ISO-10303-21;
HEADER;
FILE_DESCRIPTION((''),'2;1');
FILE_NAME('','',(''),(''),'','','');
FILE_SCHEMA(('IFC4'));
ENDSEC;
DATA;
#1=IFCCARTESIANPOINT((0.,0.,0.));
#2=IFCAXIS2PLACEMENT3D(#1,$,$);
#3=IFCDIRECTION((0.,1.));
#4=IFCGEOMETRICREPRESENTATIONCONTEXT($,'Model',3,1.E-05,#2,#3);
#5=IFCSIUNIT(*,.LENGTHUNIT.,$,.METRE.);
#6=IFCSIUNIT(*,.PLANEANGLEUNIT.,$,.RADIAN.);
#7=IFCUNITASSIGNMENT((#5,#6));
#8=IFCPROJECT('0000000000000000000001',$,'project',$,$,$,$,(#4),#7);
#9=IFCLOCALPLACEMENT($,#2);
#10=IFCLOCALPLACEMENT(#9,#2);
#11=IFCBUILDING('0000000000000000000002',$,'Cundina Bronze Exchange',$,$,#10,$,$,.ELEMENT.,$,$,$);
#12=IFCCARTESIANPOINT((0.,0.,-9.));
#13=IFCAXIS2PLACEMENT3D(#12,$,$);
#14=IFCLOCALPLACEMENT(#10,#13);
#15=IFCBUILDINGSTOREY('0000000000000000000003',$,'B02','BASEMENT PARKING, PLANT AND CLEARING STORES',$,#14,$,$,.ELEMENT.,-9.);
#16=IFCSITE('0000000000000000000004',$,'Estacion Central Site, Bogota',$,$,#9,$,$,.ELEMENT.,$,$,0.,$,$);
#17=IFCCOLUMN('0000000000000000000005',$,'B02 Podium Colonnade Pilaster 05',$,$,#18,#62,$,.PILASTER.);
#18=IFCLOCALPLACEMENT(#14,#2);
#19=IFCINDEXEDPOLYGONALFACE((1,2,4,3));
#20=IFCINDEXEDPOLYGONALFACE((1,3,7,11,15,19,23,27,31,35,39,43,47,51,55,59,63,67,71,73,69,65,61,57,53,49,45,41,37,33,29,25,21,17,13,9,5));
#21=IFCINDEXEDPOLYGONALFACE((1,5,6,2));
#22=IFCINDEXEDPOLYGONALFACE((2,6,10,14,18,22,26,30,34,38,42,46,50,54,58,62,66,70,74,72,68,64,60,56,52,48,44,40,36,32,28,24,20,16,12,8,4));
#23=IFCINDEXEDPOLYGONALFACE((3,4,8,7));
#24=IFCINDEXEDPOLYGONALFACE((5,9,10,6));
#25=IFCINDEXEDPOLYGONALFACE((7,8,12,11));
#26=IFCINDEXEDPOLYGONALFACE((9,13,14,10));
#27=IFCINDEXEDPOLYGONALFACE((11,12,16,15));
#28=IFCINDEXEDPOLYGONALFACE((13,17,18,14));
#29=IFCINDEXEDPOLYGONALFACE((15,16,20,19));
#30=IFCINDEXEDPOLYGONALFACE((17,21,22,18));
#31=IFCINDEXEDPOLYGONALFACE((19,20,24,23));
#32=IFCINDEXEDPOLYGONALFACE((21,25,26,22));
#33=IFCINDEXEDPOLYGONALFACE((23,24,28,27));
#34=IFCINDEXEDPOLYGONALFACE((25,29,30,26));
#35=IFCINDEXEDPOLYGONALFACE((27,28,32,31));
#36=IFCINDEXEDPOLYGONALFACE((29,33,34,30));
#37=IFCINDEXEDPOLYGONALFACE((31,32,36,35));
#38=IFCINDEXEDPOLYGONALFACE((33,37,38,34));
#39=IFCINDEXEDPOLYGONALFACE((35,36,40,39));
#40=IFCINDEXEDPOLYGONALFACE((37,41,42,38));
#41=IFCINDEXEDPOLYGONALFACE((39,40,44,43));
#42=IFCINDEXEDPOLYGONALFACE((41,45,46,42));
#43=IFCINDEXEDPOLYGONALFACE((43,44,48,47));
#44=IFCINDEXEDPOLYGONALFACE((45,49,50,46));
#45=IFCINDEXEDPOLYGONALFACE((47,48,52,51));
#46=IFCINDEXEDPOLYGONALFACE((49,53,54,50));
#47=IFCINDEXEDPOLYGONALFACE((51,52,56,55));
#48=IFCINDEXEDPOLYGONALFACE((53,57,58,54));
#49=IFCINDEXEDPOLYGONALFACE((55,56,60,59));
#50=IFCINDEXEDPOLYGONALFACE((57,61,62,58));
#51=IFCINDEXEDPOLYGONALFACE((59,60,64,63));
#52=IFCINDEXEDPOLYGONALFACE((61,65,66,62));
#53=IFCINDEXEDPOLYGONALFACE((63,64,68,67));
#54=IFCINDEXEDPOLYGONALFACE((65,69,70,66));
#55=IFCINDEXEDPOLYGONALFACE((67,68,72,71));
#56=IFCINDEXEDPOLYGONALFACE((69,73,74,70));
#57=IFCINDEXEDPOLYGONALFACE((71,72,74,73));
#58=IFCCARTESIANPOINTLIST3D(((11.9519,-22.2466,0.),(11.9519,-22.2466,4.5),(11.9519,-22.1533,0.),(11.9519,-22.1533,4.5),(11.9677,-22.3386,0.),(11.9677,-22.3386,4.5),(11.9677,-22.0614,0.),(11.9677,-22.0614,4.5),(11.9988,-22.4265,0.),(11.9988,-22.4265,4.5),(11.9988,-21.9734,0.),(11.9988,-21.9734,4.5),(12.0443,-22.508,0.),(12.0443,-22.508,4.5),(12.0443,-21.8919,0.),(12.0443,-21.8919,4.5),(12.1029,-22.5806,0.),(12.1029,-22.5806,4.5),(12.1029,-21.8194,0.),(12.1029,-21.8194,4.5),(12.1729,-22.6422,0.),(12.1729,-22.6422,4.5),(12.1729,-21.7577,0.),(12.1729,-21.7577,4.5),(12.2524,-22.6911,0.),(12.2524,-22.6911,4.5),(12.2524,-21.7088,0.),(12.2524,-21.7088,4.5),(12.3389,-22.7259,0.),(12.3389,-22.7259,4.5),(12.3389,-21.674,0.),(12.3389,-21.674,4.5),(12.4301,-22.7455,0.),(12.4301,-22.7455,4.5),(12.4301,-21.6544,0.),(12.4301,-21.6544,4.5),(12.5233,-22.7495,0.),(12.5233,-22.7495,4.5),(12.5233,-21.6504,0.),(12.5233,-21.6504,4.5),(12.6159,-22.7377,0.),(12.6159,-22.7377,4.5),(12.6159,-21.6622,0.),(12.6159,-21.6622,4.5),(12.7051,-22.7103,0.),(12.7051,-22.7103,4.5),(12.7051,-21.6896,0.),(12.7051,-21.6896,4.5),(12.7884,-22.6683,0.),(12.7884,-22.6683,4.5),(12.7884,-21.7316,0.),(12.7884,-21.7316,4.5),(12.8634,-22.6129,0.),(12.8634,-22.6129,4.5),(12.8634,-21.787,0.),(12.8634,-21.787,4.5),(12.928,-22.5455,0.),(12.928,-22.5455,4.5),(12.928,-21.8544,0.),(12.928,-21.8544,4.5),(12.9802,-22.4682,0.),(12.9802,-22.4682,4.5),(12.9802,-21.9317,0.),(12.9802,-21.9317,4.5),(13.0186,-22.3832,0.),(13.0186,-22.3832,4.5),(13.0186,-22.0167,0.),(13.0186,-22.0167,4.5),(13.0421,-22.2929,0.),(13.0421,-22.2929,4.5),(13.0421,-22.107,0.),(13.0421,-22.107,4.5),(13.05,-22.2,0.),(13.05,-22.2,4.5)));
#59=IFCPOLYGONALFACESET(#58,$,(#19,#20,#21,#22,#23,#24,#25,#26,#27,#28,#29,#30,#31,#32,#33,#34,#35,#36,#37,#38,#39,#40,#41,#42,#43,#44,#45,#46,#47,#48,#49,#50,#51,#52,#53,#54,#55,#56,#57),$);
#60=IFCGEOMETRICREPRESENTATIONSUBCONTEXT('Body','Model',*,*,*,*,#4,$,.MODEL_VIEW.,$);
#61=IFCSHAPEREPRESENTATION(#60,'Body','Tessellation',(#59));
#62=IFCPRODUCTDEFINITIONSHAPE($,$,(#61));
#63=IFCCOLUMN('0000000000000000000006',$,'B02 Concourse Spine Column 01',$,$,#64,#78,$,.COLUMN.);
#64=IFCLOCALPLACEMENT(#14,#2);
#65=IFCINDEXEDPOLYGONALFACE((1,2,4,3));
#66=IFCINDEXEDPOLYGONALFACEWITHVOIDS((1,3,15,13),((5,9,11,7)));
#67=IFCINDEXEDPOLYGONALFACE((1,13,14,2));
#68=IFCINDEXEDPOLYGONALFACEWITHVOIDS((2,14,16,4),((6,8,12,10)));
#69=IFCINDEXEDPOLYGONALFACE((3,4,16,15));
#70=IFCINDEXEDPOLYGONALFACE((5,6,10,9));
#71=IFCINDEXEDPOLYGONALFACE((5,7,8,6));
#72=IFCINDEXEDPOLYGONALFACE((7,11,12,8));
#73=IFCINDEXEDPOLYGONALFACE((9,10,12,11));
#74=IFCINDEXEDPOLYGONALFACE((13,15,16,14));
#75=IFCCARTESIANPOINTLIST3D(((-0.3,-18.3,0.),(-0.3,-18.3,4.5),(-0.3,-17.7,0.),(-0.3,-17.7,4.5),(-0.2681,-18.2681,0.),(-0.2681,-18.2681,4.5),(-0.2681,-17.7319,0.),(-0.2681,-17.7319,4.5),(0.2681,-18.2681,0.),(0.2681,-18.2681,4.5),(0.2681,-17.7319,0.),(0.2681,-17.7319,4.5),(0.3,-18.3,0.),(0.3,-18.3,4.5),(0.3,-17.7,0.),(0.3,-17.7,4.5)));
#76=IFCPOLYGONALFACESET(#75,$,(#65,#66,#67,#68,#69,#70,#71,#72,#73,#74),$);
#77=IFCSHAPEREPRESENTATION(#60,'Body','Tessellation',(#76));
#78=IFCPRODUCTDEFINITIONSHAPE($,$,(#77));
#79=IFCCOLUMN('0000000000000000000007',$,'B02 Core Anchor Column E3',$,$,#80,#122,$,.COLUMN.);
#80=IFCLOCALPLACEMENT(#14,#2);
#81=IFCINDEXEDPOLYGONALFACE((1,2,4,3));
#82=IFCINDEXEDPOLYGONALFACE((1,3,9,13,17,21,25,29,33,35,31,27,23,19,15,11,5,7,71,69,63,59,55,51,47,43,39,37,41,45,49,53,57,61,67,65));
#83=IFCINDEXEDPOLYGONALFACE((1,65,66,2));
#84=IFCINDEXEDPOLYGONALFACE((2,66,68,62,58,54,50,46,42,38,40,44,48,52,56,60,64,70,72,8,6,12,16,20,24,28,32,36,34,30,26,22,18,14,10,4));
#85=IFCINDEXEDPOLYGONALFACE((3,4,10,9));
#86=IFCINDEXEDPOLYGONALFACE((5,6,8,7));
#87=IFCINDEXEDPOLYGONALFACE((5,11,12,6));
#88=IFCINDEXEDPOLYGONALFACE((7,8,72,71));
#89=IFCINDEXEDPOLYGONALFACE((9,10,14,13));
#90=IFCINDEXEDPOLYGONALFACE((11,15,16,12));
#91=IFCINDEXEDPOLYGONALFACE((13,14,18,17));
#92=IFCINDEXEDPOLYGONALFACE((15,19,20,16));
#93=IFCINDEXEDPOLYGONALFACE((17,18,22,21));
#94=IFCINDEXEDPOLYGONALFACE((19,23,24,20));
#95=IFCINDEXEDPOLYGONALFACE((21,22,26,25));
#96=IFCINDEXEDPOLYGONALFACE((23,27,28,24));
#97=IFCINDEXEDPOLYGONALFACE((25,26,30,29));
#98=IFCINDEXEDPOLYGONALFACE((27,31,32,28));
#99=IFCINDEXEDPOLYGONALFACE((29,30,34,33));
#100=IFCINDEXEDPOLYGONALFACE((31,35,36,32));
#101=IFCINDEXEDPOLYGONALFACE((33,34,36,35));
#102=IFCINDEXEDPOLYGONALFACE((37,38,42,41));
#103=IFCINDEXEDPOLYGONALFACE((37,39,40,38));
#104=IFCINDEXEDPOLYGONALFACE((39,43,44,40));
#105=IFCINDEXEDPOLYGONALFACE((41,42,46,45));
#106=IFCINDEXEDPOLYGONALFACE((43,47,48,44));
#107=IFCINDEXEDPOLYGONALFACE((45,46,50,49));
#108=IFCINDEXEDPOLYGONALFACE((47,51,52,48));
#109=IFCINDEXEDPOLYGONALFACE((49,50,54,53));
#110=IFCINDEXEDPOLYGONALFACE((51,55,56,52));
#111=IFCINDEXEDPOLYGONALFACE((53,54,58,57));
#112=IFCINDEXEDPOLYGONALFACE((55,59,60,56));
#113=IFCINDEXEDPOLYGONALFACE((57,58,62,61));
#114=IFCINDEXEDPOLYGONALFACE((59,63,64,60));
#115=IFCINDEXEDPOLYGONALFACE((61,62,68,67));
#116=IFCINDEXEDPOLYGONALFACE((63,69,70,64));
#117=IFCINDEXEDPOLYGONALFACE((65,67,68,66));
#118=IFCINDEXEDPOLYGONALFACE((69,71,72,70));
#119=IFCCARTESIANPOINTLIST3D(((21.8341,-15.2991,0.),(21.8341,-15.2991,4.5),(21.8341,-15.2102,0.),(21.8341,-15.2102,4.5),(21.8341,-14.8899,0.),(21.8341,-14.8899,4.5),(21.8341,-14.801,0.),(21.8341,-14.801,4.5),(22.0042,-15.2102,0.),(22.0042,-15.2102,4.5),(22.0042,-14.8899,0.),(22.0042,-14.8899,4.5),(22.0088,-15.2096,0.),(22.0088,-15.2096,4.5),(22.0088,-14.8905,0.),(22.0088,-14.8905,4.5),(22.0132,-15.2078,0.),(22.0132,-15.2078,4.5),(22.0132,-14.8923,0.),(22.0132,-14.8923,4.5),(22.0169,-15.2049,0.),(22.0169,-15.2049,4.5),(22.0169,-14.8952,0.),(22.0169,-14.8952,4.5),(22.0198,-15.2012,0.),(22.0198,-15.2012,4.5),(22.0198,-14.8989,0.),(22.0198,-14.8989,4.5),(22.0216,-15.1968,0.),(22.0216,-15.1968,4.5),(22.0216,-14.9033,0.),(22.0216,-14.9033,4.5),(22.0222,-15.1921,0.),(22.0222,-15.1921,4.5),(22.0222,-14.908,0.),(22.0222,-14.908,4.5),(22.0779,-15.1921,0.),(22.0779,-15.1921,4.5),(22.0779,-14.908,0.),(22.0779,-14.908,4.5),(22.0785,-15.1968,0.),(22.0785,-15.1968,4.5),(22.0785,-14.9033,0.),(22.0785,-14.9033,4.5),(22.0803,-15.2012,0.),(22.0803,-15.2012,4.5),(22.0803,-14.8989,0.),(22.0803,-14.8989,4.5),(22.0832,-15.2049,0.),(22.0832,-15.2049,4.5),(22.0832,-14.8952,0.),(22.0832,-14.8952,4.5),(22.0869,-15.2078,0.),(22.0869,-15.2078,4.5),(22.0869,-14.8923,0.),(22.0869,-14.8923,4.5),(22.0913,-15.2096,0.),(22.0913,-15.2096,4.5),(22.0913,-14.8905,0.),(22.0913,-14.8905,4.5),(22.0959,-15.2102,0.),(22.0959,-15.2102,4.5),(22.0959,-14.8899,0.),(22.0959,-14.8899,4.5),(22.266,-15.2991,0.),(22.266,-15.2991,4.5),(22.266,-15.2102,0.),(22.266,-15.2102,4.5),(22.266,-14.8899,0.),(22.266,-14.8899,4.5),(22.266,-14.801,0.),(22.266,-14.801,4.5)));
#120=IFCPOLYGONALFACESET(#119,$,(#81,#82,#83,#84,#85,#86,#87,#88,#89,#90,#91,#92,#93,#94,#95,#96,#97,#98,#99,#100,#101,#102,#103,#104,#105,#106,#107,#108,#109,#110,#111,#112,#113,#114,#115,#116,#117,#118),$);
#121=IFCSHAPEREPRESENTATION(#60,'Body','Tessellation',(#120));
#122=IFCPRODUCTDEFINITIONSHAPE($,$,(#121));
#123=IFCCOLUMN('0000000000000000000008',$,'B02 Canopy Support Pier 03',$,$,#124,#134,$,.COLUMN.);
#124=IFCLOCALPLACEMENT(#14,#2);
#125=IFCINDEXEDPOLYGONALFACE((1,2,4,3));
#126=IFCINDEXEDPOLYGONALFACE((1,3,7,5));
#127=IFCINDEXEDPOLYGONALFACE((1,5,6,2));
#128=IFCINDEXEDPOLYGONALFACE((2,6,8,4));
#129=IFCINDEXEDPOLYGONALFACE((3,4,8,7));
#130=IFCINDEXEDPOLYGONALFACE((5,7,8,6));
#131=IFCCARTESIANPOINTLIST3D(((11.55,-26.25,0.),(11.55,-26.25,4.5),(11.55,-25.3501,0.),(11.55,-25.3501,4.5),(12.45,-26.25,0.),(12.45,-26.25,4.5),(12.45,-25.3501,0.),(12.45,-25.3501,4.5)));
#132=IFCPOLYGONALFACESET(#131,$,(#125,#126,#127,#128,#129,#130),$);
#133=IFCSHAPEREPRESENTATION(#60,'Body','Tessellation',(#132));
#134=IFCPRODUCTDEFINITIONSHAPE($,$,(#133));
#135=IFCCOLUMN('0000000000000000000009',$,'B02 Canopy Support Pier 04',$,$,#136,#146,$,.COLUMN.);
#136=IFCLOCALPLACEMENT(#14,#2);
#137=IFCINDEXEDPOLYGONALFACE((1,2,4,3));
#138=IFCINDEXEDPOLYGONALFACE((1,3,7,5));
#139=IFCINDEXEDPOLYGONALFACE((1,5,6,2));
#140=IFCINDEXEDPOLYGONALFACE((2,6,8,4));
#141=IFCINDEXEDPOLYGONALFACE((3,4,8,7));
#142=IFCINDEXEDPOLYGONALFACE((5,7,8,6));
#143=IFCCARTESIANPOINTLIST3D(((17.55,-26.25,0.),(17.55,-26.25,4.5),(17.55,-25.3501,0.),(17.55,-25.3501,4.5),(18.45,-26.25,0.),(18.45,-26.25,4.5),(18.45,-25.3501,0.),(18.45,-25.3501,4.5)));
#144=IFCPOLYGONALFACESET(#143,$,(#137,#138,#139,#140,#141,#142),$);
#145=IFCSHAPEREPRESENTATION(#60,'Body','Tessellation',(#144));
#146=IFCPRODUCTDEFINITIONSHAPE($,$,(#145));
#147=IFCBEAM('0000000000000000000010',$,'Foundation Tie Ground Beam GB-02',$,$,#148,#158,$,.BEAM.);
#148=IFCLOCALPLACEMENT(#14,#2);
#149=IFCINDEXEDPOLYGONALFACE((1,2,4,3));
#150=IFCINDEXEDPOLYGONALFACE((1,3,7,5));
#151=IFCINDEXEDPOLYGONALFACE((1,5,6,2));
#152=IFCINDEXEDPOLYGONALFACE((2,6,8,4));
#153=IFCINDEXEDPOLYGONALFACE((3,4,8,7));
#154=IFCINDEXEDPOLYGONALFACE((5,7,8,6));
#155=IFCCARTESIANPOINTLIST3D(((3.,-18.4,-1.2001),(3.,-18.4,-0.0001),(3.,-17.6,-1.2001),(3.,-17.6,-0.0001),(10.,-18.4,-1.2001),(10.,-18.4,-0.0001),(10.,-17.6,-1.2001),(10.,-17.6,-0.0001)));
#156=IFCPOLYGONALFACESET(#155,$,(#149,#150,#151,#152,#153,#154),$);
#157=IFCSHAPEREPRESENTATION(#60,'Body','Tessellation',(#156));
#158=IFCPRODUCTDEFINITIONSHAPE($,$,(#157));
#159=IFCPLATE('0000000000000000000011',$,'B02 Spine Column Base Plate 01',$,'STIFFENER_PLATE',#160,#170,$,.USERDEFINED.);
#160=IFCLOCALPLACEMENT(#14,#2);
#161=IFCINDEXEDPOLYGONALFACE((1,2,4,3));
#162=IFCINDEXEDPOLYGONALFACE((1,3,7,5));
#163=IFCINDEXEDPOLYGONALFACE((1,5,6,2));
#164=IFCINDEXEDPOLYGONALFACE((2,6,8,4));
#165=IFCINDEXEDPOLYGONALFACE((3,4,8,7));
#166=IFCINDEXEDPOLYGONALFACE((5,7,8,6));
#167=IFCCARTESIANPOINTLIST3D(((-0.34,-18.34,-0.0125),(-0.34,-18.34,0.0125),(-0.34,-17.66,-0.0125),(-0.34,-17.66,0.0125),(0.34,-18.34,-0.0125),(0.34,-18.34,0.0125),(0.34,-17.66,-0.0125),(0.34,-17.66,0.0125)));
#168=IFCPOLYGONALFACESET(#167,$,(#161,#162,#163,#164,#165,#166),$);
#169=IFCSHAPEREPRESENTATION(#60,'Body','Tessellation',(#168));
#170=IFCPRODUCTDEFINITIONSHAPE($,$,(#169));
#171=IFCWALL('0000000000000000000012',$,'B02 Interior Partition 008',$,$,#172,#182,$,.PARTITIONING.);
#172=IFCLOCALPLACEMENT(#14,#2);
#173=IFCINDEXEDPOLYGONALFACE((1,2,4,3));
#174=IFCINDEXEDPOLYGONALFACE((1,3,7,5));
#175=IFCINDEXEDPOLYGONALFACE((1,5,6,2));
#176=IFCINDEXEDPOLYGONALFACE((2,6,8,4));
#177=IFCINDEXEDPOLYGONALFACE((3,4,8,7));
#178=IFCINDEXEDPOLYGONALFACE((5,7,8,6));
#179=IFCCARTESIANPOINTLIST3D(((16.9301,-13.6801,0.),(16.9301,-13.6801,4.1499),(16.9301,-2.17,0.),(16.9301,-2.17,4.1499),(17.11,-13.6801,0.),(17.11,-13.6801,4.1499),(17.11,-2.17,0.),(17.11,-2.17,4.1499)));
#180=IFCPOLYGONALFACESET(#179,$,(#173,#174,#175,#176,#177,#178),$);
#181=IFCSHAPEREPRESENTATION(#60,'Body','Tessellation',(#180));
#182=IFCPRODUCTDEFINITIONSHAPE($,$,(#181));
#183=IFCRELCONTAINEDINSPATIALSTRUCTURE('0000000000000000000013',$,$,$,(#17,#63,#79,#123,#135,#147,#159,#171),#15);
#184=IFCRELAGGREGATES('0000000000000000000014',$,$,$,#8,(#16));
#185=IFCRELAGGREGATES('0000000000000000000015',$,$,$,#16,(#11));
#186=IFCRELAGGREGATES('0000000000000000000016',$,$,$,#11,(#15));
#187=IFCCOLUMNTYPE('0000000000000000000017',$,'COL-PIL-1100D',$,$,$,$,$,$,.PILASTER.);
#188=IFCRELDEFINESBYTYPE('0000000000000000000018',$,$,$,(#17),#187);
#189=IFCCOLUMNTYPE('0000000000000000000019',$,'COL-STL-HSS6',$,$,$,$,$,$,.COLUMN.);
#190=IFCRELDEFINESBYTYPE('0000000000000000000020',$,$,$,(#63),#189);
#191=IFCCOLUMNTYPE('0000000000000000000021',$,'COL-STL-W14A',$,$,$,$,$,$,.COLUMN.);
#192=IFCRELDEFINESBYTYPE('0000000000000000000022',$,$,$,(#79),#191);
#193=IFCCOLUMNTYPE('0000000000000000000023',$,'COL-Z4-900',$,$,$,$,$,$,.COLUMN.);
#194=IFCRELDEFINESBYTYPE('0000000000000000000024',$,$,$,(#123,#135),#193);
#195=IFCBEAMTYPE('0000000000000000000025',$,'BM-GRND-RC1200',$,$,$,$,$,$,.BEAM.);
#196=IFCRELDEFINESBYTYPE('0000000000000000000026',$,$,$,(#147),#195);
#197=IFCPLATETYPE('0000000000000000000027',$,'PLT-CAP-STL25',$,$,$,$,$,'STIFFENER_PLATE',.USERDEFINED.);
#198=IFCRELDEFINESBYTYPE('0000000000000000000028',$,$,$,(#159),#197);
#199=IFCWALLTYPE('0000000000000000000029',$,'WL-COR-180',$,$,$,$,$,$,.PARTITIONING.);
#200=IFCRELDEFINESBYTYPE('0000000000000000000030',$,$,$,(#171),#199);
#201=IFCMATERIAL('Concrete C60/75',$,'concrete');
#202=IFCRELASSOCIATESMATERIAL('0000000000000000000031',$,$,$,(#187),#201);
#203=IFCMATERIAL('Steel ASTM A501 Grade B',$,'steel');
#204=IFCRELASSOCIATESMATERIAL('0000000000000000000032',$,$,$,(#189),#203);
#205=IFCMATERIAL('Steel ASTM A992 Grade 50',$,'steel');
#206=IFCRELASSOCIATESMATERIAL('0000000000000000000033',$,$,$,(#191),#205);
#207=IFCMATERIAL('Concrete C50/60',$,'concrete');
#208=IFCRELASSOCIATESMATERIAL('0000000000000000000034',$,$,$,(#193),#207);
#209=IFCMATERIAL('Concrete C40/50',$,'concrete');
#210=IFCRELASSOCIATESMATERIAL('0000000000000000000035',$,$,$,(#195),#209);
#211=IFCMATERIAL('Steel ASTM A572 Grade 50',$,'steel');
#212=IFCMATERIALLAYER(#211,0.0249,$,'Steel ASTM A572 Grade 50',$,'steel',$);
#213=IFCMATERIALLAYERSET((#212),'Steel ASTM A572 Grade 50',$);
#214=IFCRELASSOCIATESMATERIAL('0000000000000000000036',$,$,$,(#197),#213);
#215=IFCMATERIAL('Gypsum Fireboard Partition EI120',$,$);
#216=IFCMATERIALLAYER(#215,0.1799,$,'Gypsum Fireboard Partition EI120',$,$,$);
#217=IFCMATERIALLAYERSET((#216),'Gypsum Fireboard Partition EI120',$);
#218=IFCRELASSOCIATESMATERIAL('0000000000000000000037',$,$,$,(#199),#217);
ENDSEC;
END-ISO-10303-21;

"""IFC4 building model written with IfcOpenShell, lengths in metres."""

from ifc_helpers import new_model, si_unit, direction, frame, frame_2d, origin, origin_2d, place, context, subcontext, project, spatial, rectangle, hollow_rectangle, circle, i_section, extrude, material, layer, layer_set, material_profile, profile_set, type_object, element, save


model = new_model("IFC4")

# Units and contexts
model_context = context("Model", 3, precision=1e-05, world=origin(), true_north=direction((0.0, 1.0)))
body_context = subcontext(model_context, "Body", "Model", "MODEL_VIEW")
ifc_project = project(units=[si_unit("LENGTHUNIT", "METRE"), si_unit("PLANEANGLEUNIT", "RADIAN")], contexts=[model_context])

# Site, building, storey
site_placement = place(None, origin())
site = spatial("IfcSite", under=ifc_project, at=site_placement, Name="Estacion Central Site, Bogota", CompositionType="ELEMENT", RefElevation=0.0)
building_placement = place(site_placement, origin())
building = spatial("IfcBuilding", under=site, at=building_placement, Name="Cundina Bronze Exchange", CompositionType="ELEMENT")
storey_placement = place(building_placement, frame((0.0, 0.0, -9.0)))
storey = spatial("IfcBuildingStorey", under=building, at=storey_placement, Name="B02", Description="BASEMENT PARKING, PLANT AND CLEARING STORES", CompositionType="ELEMENT", Elevation=-9.0)

# Shared definitions
ifc_material_1 = material(Name="Concrete C40/50", Category="concrete")

# Columns
ifc_material_2 = material(Name="Concrete C60/75", Category="concrete")
ifc_material_profile_1 = material_profile(ifc_material_2, circle(Radius=0.55, at=origin_2d()), Name="RC1100D", Category="concrete")
ifc_profile_set_1 = profile_set([ifc_material_profile_1], Name="Concrete C60/75")
column_type_1 = type_object("IfcColumnType", Name="COL-PIL-1100D", PredefinedType="PILASTER", material=ifc_profile_set_1)
column_1_placement = place(storey_placement, frame((12.5, -22.2, 0.0), z_axis=(0.0, 0.0, 1.0), x_axis=(1.0, 0.0, 0.0)))
element("IfcColumn", 1, at=column_1_placement, inside=storey, type_object=column_type_1, Name="B02 Podium Colonnade Pilaster 05", PredefinedType="PILASTER", context=body_context, shape_type="SweptSolid", body=[
    extrude(circle(Radius=0.55, at=origin_2d()), origin(), (0.0, 0.0, 1.0), 4.5),
])
ifc_material_3 = material(Name="Steel ASTM A501 Grade B", Category="steel")
ifc_material_profile_2 = material_profile(ifc_material_3, hollow_rectangle(XDim=0.6001, YDim=0.6001, WallThickness=0.032, at=origin_2d()), Name="HSS600X600X32", Category="steel")
ifc_profile_set_2 = profile_set([ifc_material_profile_2], Name="Steel ASTM A501 Grade B")
column_type_2 = type_object("IfcColumnType", Name="COL-STL-HSS6", PredefinedType="COLUMN", material=ifc_profile_set_2)
column_2_placement = place(storey_placement, frame((0.0, -18.0, 0.0), z_axis=(0.0, 0.0, 1.0), x_axis=(1.0, 0.0, 0.0)))
element("IfcColumn", 2, at=column_2_placement, inside=storey, type_object=column_type_2, Name="B02 Concourse Spine Column 01", PredefinedType="COLUMN", context=body_context, shape_type="SweptSolid", body=[
    extrude(hollow_rectangle(XDim=0.6001, YDim=0.6001, WallThickness=0.032, at=origin_2d()), origin(), (0.0, 0.0, 1.0), 4.5),
])
ifc_material_4 = material(Name="Steel ASTM A992 Grade 50", Category="steel")
ifc_material_profile_3 = material_profile(ifc_material_4, i_section(OverallWidth=0.4319, OverallDepth=0.498, WebThickness=0.0557, FlangeThickness=0.0889, FilletRadius=0.0181, at=origin_2d()), Name="W14X500", Category="steel")
ifc_profile_set_3 = profile_set([ifc_material_profile_3], Name="Steel ASTM A992 Grade 50")
column_type_3 = type_object("IfcColumnType", Name="COL-STL-W14A", PredefinedType="COLUMN", material=ifc_profile_set_3)
column_3_placement = place(storey_placement, frame((22.05, -15.05, 0.0), z_axis=(0.0, 0.0, 1.0), x_axis=(1.0, 0.0, 0.0)))
element("IfcColumn", 3, at=column_3_placement, inside=storey, type_object=column_type_3, Name="B02 Core Anchor Column E3", PredefinedType="COLUMN", context=body_context, shape_type="SweptSolid", body=[
    extrude(i_section(OverallWidth=0.4319, OverallDepth=0.498, WebThickness=0.0557, FlangeThickness=0.0889, FilletRadius=0.0181, at=origin_2d()), origin(), (0.0, 0.0, 1.0), 4.5),
])
ifc_material_5 = material(Name="Concrete C50/60", Category="concrete")
ifc_material_profile_4 = material_profile(ifc_material_5, rectangle(XDim=0.8999, YDim=0.8999, at=origin_2d()), Name="RC900X900", Category="concrete")
ifc_profile_set_4 = profile_set([ifc_material_profile_4], Name="Concrete C50/60")
column_type_4 = type_object("IfcColumnType", Name="COL-Z4-900", PredefinedType="COLUMN", material=ifc_profile_set_4)
for number, where, z_axis, x_axis, name in (
    (4, (12.0, -25.8, 0.0), (0.0, 0.0, 1.0), (1.0, 0.0, 0.0), "B02 Canopy Support Pier 03"),
    (5, (18.0, -25.8, 0.0), (0.0, 0.0, 1.0), (1.0, 0.0, 0.0), "B02 Canopy Support Pier 04"),
):
    element("IfcColumn", number, at=place(storey_placement, frame(where, z_axis=z_axis, x_axis=x_axis)), inside=storey, type_object=column_type_4, Name=name, PredefinedType="COLUMN", context=body_context, shape_type="SweptSolid", body=[
        extrude(rectangle(XDim=0.8999, YDim=0.8999, at=origin_2d()), origin(), (0.0, 0.0, 1.0), 4.5),
    ])

# Beam
ifc_material_profile_5 = material_profile(ifc_material_1, rectangle(XDim=0.8, YDim=1.2, at=origin_2d()), Name="RC800X1200", Category="concrete")
ifc_profile_set_5 = profile_set([ifc_material_profile_5], Name="Concrete C40/50")
beam_type = type_object("IfcBeamType", Name="BM-GRND-RC1200", PredefinedType="BEAM", material=ifc_profile_set_5)
beam_placement = place(storey_placement, frame((3.0, -18.0, -0.6001), z_axis=(1.0, 0.0, 0.0), x_axis=(0.0, 1.0, 0.0)))
element("IfcBeam", 6, at=beam_placement, inside=storey, type_object=beam_type, Name="Foundation Tie Ground Beam GB-02", PredefinedType="BEAM", context=body_context, shape_type="SweptSolid", body=[
    extrude(rectangle(XDim=0.8, YDim=1.2, at=origin_2d()), origin(), (0.0, 0.0, 1.0), 7.0),
])

# Plate
ifc_material_6 = material(Name="Steel ASTM A572 Grade 50", Category="steel")
ifc_layer_1 = layer(ifc_material_6, 0.0249, Name="Steel ASTM A572 Grade 50", Category="steel")
ifc_layer_set_1 = layer_set([ifc_layer_1], Name="Steel ASTM A572 Grade 50")
plate_type = type_object("IfcPlateType", Name="PLT-CAP-STL25", ElementType="STIFFENER_PLATE", PredefinedType="USERDEFINED", material=ifc_layer_set_1)
plate_placement = place(storey_placement, frame((0.0, -18.0, -0.0125), z_axis=(0.0, 0.0, 1.0), x_axis=(1.0, 0.0, 0.0)))
element("IfcPlate", 7, at=plate_placement, inside=storey, type_object=plate_type, Name="B02 Spine Column Base Plate 01", ObjectType="STIFFENER_PLATE", PredefinedType="USERDEFINED", context=body_context, shape_type="SweptSolid", body=[
    extrude(rectangle(XDim=0.6799, YDim=0.6799, at=origin_2d()), origin(), (0.0, 0.0, 1.0), 0.0249),
])

# Wall
ifc_material_7 = material(Name="Gypsum Fireboard Partition EI120")
ifc_layer_2 = layer(ifc_material_7, 0.1799, Name="Gypsum Fireboard Partition EI120")
ifc_layer_set_2 = layer_set([ifc_layer_2], Name="Gypsum Fireboard Partition EI120")
wall_type_1 = type_object("IfcWallType", Name="WL-COR-180", PredefinedType="PARTITIONING", material=ifc_layer_set_2)
wall_1_placement = place(storey_placement, frame((17.02, -13.6799, 0.0), z_axis=(0.0, 0.0, 1.0), x_axis=(0.0, 1.0, 0.0)))
element("IfcWall", 8, at=wall_1_placement, inside=storey, type_object=wall_type_1, Name="B02 Interior Partition 008", PredefinedType="PARTITIONING", context=body_context, shape_type="SweptSolid", body=[
    extrude(rectangle(XDim=11.51, YDim=0.1799, at=frame_2d((5.7549, 0.0))), origin(), (0.0, 0.0, 1.0), 4.1499),
])

save(model, "model.ifc")
